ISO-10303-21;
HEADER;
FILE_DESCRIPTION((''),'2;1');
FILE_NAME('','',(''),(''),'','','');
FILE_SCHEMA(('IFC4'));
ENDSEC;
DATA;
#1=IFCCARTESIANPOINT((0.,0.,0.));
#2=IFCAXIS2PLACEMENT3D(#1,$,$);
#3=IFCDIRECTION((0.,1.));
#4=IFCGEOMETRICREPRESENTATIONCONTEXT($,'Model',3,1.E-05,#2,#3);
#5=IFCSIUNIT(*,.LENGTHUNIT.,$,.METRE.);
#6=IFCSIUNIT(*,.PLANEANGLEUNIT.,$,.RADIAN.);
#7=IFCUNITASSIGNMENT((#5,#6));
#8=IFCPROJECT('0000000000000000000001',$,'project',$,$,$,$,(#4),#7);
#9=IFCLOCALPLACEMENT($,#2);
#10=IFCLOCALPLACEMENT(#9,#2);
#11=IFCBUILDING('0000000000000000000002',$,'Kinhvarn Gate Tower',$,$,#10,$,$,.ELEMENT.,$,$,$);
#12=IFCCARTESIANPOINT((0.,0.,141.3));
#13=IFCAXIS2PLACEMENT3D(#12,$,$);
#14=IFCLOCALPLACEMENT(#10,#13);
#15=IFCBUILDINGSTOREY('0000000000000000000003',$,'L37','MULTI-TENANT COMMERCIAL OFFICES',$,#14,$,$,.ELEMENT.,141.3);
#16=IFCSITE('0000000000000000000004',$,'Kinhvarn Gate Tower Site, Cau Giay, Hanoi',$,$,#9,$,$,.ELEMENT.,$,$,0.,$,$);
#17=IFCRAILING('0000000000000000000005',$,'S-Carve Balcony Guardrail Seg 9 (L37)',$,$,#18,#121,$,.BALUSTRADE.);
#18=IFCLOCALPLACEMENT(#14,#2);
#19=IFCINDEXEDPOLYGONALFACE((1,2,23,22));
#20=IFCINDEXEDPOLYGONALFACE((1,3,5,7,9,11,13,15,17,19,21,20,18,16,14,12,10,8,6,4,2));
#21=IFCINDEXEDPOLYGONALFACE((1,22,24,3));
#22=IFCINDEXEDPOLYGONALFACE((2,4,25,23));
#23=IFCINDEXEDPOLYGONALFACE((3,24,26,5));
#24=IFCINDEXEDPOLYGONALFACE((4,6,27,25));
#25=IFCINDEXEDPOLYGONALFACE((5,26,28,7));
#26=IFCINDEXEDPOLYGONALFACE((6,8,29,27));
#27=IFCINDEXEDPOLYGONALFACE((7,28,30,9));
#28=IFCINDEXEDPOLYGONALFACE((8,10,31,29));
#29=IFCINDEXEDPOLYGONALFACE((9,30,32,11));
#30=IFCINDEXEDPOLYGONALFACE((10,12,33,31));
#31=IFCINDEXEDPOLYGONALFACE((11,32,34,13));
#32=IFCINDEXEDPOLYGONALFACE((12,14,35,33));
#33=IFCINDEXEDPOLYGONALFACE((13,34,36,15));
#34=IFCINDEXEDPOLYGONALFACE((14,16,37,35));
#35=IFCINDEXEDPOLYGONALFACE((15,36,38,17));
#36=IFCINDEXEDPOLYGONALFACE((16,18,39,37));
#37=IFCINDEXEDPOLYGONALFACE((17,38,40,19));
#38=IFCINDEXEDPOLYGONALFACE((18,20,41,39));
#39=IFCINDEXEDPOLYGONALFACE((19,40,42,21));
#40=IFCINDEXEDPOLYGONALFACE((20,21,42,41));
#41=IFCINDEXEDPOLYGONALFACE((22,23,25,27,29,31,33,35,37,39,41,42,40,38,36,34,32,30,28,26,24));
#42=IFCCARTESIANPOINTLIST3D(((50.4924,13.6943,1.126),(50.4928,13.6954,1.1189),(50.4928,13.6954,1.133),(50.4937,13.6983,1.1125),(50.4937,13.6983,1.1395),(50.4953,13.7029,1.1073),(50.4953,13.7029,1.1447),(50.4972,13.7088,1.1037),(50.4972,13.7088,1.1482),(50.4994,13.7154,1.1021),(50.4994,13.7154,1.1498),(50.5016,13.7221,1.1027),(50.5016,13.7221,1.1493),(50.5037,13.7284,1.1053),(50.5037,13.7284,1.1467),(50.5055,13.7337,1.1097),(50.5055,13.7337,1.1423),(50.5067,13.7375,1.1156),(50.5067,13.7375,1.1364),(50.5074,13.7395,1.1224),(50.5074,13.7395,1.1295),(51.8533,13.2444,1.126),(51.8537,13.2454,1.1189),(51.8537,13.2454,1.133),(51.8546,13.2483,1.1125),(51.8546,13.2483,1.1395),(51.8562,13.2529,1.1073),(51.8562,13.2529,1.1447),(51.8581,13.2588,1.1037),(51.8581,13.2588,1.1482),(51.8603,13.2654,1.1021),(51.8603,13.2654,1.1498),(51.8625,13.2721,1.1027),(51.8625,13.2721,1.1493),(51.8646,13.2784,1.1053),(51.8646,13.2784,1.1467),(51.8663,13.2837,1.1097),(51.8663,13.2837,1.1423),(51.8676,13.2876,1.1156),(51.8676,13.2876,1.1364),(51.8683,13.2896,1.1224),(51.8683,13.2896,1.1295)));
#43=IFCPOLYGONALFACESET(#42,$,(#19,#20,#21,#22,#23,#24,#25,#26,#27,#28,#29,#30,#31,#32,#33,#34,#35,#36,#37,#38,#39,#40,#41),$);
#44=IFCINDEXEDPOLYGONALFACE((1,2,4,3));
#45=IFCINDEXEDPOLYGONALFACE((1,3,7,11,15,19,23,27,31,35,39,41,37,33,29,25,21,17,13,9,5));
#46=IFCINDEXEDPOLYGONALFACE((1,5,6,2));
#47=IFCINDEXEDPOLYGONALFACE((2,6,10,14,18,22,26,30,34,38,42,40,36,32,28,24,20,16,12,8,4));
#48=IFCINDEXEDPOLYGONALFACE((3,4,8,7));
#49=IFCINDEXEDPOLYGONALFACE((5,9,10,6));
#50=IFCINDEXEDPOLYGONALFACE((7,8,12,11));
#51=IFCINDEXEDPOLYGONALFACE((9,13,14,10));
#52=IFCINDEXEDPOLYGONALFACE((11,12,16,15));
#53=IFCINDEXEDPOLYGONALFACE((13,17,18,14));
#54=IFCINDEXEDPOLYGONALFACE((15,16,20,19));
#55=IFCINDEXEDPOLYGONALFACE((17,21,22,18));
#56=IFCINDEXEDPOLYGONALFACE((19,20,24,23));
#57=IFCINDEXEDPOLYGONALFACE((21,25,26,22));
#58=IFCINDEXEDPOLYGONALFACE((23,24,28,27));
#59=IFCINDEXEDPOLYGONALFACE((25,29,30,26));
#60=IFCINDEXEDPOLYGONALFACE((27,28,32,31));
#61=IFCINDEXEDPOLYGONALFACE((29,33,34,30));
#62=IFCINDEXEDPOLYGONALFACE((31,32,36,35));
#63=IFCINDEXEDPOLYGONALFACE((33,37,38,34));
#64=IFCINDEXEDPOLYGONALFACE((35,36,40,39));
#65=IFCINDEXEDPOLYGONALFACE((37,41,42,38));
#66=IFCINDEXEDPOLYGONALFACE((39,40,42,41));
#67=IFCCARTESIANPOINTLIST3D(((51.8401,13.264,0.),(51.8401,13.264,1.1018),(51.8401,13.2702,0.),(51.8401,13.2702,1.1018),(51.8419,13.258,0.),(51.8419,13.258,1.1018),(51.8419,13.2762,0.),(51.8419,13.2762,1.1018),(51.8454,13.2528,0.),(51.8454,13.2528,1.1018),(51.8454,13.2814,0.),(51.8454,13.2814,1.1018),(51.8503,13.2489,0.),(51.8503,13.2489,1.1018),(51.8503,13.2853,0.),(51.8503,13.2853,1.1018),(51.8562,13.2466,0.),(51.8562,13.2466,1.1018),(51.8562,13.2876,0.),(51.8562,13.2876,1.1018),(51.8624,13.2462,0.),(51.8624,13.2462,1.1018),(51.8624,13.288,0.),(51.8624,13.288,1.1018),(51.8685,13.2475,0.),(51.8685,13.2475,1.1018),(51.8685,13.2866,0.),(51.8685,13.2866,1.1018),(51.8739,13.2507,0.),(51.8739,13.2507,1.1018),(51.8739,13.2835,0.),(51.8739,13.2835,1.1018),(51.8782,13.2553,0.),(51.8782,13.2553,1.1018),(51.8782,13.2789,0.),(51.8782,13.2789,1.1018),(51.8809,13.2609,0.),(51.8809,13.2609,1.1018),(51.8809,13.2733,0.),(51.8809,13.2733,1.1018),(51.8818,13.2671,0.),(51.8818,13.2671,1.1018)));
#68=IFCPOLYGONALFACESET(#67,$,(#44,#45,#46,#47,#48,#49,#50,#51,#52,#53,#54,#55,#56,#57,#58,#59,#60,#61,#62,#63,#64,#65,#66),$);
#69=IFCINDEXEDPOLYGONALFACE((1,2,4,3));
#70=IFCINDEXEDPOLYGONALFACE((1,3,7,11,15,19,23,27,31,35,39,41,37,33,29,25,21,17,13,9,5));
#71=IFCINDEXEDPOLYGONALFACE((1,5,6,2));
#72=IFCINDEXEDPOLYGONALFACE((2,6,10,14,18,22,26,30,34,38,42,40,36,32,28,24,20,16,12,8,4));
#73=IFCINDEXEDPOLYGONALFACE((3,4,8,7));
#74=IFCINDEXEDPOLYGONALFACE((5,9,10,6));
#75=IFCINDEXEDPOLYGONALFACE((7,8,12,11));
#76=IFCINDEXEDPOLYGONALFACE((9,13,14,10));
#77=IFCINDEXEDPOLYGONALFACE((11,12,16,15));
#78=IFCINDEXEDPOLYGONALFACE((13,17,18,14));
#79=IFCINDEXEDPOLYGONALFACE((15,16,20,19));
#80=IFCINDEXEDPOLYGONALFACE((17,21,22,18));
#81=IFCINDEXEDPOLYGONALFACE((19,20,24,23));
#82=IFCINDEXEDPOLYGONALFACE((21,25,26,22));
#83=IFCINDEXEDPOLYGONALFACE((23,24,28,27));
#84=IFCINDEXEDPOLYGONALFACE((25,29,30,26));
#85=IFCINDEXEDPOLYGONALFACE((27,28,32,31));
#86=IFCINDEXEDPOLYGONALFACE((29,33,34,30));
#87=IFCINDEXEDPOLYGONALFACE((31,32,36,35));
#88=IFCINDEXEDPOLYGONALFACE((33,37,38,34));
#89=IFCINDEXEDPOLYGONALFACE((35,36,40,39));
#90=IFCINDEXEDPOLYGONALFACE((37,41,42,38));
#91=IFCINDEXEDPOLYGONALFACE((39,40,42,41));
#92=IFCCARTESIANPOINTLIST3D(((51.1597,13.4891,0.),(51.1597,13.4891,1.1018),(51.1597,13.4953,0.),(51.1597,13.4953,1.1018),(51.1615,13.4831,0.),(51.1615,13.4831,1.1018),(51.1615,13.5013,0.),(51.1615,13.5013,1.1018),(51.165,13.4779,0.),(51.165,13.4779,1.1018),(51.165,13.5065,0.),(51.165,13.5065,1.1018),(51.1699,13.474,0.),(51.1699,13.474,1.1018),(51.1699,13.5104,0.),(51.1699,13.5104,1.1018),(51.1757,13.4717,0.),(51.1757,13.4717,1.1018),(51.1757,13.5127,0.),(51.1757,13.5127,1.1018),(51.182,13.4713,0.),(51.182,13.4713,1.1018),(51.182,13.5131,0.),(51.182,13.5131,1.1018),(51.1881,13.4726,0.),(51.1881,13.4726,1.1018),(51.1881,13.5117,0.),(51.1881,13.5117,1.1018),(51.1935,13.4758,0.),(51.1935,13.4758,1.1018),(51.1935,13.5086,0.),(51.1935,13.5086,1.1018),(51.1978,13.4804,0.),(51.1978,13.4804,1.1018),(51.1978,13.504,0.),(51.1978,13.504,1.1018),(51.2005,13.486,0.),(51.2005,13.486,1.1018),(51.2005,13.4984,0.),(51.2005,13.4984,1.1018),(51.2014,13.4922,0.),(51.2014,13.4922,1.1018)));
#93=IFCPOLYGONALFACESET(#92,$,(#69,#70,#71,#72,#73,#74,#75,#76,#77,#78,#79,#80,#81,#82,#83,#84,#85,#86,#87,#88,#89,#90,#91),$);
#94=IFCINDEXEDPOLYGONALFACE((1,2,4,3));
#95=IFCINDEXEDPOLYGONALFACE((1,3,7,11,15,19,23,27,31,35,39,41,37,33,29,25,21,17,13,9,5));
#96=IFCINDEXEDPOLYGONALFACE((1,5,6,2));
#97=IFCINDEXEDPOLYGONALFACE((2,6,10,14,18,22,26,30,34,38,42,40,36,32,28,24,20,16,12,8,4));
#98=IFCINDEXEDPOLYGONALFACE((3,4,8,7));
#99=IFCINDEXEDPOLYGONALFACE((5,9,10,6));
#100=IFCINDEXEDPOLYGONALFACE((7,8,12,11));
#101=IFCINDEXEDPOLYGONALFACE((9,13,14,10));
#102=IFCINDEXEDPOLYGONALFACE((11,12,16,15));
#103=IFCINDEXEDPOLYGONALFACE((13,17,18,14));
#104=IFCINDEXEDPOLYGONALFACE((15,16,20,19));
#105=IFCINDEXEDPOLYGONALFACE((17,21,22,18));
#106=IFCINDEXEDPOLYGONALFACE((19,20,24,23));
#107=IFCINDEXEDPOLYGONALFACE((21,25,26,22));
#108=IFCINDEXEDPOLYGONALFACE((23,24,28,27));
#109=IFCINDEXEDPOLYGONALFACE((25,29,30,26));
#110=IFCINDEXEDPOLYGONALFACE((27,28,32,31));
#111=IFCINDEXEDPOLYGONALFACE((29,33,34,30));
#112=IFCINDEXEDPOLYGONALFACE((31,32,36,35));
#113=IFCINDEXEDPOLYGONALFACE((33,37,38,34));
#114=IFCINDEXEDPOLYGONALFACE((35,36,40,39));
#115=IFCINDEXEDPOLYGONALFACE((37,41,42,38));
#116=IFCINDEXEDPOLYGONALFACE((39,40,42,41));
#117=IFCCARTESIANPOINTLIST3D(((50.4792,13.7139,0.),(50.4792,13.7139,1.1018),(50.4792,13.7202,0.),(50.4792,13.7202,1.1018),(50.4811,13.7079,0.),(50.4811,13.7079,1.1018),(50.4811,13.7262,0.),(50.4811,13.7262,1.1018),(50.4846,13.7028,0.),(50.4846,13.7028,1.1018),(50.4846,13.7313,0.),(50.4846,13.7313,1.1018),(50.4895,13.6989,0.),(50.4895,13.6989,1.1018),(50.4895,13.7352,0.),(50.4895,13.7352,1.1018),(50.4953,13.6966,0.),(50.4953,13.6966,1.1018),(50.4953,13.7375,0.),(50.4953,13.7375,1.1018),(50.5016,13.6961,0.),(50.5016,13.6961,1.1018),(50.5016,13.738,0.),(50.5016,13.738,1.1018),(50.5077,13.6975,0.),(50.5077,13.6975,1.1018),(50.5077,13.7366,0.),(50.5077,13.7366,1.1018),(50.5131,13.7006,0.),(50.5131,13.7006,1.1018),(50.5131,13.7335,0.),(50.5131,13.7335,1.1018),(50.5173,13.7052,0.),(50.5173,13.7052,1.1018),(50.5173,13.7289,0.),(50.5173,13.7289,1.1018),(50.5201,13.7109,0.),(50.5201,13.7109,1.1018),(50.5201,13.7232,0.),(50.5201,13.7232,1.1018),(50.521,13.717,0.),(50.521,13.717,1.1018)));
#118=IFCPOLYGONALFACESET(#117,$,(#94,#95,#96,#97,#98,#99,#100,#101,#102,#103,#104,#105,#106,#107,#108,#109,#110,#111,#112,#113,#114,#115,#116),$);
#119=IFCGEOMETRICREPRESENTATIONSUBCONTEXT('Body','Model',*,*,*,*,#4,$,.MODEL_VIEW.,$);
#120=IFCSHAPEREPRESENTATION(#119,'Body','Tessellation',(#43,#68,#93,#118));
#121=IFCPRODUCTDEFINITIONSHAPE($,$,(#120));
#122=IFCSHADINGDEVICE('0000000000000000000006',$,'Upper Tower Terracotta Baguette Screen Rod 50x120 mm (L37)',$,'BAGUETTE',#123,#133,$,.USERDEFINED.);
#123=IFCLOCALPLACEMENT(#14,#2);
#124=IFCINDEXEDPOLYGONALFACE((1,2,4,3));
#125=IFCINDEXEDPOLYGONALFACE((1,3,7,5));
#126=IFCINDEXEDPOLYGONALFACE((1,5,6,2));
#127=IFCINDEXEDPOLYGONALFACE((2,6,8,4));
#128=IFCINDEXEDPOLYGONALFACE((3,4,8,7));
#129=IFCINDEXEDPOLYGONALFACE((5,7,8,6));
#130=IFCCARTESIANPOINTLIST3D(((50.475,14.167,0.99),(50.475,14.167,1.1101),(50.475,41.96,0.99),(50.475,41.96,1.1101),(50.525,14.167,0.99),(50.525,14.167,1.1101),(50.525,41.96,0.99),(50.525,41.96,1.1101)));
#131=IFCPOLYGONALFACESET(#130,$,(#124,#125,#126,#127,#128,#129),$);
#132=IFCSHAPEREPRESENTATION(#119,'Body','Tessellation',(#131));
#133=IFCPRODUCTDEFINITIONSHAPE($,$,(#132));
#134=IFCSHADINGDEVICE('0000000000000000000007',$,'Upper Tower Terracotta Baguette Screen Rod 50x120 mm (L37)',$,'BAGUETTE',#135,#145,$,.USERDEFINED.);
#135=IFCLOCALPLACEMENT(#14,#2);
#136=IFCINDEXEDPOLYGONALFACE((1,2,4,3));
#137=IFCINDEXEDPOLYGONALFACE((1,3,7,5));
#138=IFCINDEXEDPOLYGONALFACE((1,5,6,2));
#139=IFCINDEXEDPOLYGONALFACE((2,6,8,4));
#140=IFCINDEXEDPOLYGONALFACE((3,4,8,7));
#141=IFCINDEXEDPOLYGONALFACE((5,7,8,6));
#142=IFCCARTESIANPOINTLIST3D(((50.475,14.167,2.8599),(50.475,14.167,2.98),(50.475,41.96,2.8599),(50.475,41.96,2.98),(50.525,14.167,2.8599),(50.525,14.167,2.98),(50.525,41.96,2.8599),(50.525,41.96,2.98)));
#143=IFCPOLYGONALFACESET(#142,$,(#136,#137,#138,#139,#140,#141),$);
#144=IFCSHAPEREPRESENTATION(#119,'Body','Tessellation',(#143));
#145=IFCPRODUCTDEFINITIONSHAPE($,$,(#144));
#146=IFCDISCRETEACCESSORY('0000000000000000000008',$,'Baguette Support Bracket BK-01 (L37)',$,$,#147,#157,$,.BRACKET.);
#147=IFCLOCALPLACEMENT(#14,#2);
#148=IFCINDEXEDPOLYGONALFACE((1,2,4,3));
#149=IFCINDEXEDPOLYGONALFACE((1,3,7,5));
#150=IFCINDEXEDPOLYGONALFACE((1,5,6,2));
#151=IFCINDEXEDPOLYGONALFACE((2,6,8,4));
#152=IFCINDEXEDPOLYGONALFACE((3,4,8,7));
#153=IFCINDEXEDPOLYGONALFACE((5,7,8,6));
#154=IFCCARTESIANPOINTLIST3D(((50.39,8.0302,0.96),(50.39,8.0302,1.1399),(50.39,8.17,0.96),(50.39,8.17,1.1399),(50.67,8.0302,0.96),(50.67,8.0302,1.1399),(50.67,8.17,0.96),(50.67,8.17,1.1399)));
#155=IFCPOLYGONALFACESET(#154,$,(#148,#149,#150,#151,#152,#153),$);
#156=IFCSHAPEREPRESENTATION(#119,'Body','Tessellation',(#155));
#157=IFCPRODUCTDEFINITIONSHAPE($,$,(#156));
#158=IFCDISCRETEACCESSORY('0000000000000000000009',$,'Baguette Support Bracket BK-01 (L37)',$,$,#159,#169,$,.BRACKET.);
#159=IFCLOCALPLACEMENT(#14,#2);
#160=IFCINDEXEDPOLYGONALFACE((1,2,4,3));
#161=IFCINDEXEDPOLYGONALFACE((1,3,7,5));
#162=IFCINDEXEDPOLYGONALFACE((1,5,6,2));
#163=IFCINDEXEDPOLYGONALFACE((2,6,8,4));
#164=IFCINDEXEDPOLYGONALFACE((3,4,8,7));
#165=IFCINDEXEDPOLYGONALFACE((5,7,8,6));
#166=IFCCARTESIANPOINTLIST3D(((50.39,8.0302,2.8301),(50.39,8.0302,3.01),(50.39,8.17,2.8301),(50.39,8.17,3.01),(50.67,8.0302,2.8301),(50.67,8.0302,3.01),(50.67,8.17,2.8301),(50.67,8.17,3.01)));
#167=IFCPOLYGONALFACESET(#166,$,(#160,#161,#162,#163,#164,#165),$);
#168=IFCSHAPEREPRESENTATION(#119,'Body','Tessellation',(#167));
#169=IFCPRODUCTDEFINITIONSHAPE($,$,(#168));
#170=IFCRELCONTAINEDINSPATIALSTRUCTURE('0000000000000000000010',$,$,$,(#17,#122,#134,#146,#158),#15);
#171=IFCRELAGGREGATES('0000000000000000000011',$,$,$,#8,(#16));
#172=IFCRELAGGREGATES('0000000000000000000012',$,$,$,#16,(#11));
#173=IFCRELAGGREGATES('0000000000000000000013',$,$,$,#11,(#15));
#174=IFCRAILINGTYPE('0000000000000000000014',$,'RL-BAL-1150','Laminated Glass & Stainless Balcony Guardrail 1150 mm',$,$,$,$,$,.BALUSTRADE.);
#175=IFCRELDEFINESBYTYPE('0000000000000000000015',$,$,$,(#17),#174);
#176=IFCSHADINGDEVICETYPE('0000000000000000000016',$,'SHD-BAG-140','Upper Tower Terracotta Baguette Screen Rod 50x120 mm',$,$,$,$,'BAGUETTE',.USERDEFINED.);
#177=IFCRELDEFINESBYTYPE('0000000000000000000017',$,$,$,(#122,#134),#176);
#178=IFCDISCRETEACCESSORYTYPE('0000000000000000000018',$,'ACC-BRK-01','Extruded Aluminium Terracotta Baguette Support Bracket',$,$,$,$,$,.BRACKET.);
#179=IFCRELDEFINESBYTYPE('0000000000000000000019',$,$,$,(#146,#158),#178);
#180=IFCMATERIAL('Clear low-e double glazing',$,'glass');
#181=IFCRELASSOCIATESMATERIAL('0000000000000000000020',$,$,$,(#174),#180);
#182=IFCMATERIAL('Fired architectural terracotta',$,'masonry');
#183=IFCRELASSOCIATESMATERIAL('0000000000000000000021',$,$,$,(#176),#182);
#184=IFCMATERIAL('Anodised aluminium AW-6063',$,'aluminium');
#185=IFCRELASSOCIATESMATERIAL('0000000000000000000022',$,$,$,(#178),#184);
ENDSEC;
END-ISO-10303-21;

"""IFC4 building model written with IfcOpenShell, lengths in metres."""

from ifc_helpers import new_model, si_unit, direction, frame, origin, origin_2d, place, context, subcontext, project, spatial, rectangle, circle, extrude, material, material_profile, profile_set, type_object, element, save


model = new_model("IFC4")

# Units and contexts
model_context = context("Model", 3, precision=1e-05, world=origin(), true_north=direction((0.0, 1.0)))
body_context = subcontext(model_context, "Body", "Model", "MODEL_VIEW")
ifc_project = project(units=[si_unit("LENGTHUNIT", "METRE"), si_unit("PLANEANGLEUNIT", "RADIAN")], contexts=[model_context])

# Site, building, storey
site_placement = place(None, origin())
site = spatial("IfcSite", under=ifc_project, at=site_placement, Name="Kinhvarn Gate Tower Site, Cau Giay, Hanoi", CompositionType="ELEMENT", RefElevation=0.0)
building_placement = place(site_placement, origin())
building = spatial("IfcBuilding", under=site, at=building_placement, Name="Kinhvarn Gate Tower", CompositionType="ELEMENT")
storey_placement = place(building_placement, frame((0.0, 0.0, 141.3)))
storey = spatial("IfcBuildingStorey", under=building, at=storey_placement, Name="L37", Description="MULTI-TENANT COMMERCIAL OFFICES", CompositionType="ELEMENT", Elevation=141.3)

# Shared definitions
ifc_material_1 = material(Name="Anodised aluminium AW-6063", Category="aluminium")

# Shared definitions
ifc_material_2 = material(Name="Clear low-e double glazing", Category="glass")

# Shared definitions
ifc_material_3 = material(Name="Fired architectural terracotta", Category="masonry")

# Railing
railing_type = type_object("IfcRailingType", Name="RL-BAL-1150", Description="Laminated Glass & Stainless Balcony Guardrail 1150 mm", PredefinedType="BALUSTRADE", material=ifc_material_2)
railing_placement = place(storey_placement, frame((51.8608, 13.2671, 0.0)))
element("IfcRailing", 1, at=railing_placement, inside=storey, type_object=railing_type, Name="S-Carve Balcony Guardrail Seg 9 (L37)", PredefinedType="BALUSTRADE", context=body_context, shape_type="SweptSolid", body=[
    extrude(circle(Radius=0.0239, at=origin_2d()), frame((0.0, 0.0, 1.126), z_axis=(-0.949447, 0.313927, 0.0), x_axis=(-0.313927, -0.949447, 0.0)), (0.0, 0.0, 1.0), 1.4333),
    extrude(circle(Radius=0.021, at=origin_2d()), origin(), (0.0, 0.0, 1.0), 1.1018),
    extrude(circle(Radius=0.021, at=origin_2d()), frame((-0.6804, 0.2251, 0.0)), (0.0, 0.0, 1.0), 1.1018),
    extrude(circle(Radius=0.021, at=origin_2d()), frame((-1.3608, 0.45, 0.0)), (0.0, 0.0, 1.0), 1.1018),
])

# Shading devices
ifc_material_profile_1 = material_profile(ifc_material_3, rectangle(XDim=0.05, YDim=0.1201, at=origin_2d()), Name="TC 50x120")
ifc_profile_set_1 = profile_set([ifc_material_profile_1], Name="Fired architectural terracotta")
shading_device_type = type_object("IfcShadingDeviceType", Name="SHD-BAG-140", Description="Upper Tower Terracotta Baguette Screen Rod 50x120 mm", ElementType="BAGUETTE", PredefinedType="USERDEFINED", material=ifc_profile_set_1)
for number, where, z_axis, x_axis, name in (
    (2, (50.5, 14.167, 1.05), (0.0, 1.0, 0.0), (-1.0, 0.0, 0.0), "Upper Tower Terracotta Baguette Screen Rod 50x120 mm (L37)"),
    (3, (50.5, 14.167, 2.9199), (0.0, 1.0, 0.0), (-1.0, 0.0, 0.0), "Upper Tower Terracotta Baguette Screen Rod 50x120 mm (L37)"),
):
    element("IfcShadingDevice", number, at=place(storey_placement, frame(where, z_axis=z_axis, x_axis=x_axis)), inside=storey, type_object=shading_device_type, Name=name, ObjectType="BAGUETTE", PredefinedType="USERDEFINED", context=body_context, shape_type="SweptSolid", body=[
        extrude(rectangle(XDim=0.05, YDim=0.1201, at=origin_2d()), origin(), (0.0, 0.0, 1.0), 27.793),
    ])

# Discrete accessories
discrete_accessory_type = type_object("IfcDiscreteAccessoryType", Name="ACC-BRK-01", Description="Extruded Aluminium Terracotta Baguette Support Bracket", PredefinedType="BRACKET", material=ifc_material_1)
for number, where, z_axis, x_axis, name in (
    (4, (50.53, 8.1001, 0.96), (0.0, 0.0, 1.0), (0.0, 1.0, 0.0), "Baguette Support Bracket BK-01 (L37)"),
    (5, (50.53, 8.1001, 2.8301), (0.0, 0.0, 1.0), (0.0, 1.0, 0.0), "Baguette Support Bracket BK-01 (L37)"),
):
    element("IfcDiscreteAccessory", number, at=place(storey_placement, frame(where, z_axis=z_axis, x_axis=x_axis)), inside=storey, type_object=discrete_accessory_type, Name=name, PredefinedType="BRACKET", context=body_context, shape_type="SweptSolid", body=[
        extrude(rectangle(XDim=0.1399, YDim=0.28, at=origin_2d()), origin(), (0.0, 0.0, 1.0), 0.1799),
    ])

save(model, "model.ifc")
